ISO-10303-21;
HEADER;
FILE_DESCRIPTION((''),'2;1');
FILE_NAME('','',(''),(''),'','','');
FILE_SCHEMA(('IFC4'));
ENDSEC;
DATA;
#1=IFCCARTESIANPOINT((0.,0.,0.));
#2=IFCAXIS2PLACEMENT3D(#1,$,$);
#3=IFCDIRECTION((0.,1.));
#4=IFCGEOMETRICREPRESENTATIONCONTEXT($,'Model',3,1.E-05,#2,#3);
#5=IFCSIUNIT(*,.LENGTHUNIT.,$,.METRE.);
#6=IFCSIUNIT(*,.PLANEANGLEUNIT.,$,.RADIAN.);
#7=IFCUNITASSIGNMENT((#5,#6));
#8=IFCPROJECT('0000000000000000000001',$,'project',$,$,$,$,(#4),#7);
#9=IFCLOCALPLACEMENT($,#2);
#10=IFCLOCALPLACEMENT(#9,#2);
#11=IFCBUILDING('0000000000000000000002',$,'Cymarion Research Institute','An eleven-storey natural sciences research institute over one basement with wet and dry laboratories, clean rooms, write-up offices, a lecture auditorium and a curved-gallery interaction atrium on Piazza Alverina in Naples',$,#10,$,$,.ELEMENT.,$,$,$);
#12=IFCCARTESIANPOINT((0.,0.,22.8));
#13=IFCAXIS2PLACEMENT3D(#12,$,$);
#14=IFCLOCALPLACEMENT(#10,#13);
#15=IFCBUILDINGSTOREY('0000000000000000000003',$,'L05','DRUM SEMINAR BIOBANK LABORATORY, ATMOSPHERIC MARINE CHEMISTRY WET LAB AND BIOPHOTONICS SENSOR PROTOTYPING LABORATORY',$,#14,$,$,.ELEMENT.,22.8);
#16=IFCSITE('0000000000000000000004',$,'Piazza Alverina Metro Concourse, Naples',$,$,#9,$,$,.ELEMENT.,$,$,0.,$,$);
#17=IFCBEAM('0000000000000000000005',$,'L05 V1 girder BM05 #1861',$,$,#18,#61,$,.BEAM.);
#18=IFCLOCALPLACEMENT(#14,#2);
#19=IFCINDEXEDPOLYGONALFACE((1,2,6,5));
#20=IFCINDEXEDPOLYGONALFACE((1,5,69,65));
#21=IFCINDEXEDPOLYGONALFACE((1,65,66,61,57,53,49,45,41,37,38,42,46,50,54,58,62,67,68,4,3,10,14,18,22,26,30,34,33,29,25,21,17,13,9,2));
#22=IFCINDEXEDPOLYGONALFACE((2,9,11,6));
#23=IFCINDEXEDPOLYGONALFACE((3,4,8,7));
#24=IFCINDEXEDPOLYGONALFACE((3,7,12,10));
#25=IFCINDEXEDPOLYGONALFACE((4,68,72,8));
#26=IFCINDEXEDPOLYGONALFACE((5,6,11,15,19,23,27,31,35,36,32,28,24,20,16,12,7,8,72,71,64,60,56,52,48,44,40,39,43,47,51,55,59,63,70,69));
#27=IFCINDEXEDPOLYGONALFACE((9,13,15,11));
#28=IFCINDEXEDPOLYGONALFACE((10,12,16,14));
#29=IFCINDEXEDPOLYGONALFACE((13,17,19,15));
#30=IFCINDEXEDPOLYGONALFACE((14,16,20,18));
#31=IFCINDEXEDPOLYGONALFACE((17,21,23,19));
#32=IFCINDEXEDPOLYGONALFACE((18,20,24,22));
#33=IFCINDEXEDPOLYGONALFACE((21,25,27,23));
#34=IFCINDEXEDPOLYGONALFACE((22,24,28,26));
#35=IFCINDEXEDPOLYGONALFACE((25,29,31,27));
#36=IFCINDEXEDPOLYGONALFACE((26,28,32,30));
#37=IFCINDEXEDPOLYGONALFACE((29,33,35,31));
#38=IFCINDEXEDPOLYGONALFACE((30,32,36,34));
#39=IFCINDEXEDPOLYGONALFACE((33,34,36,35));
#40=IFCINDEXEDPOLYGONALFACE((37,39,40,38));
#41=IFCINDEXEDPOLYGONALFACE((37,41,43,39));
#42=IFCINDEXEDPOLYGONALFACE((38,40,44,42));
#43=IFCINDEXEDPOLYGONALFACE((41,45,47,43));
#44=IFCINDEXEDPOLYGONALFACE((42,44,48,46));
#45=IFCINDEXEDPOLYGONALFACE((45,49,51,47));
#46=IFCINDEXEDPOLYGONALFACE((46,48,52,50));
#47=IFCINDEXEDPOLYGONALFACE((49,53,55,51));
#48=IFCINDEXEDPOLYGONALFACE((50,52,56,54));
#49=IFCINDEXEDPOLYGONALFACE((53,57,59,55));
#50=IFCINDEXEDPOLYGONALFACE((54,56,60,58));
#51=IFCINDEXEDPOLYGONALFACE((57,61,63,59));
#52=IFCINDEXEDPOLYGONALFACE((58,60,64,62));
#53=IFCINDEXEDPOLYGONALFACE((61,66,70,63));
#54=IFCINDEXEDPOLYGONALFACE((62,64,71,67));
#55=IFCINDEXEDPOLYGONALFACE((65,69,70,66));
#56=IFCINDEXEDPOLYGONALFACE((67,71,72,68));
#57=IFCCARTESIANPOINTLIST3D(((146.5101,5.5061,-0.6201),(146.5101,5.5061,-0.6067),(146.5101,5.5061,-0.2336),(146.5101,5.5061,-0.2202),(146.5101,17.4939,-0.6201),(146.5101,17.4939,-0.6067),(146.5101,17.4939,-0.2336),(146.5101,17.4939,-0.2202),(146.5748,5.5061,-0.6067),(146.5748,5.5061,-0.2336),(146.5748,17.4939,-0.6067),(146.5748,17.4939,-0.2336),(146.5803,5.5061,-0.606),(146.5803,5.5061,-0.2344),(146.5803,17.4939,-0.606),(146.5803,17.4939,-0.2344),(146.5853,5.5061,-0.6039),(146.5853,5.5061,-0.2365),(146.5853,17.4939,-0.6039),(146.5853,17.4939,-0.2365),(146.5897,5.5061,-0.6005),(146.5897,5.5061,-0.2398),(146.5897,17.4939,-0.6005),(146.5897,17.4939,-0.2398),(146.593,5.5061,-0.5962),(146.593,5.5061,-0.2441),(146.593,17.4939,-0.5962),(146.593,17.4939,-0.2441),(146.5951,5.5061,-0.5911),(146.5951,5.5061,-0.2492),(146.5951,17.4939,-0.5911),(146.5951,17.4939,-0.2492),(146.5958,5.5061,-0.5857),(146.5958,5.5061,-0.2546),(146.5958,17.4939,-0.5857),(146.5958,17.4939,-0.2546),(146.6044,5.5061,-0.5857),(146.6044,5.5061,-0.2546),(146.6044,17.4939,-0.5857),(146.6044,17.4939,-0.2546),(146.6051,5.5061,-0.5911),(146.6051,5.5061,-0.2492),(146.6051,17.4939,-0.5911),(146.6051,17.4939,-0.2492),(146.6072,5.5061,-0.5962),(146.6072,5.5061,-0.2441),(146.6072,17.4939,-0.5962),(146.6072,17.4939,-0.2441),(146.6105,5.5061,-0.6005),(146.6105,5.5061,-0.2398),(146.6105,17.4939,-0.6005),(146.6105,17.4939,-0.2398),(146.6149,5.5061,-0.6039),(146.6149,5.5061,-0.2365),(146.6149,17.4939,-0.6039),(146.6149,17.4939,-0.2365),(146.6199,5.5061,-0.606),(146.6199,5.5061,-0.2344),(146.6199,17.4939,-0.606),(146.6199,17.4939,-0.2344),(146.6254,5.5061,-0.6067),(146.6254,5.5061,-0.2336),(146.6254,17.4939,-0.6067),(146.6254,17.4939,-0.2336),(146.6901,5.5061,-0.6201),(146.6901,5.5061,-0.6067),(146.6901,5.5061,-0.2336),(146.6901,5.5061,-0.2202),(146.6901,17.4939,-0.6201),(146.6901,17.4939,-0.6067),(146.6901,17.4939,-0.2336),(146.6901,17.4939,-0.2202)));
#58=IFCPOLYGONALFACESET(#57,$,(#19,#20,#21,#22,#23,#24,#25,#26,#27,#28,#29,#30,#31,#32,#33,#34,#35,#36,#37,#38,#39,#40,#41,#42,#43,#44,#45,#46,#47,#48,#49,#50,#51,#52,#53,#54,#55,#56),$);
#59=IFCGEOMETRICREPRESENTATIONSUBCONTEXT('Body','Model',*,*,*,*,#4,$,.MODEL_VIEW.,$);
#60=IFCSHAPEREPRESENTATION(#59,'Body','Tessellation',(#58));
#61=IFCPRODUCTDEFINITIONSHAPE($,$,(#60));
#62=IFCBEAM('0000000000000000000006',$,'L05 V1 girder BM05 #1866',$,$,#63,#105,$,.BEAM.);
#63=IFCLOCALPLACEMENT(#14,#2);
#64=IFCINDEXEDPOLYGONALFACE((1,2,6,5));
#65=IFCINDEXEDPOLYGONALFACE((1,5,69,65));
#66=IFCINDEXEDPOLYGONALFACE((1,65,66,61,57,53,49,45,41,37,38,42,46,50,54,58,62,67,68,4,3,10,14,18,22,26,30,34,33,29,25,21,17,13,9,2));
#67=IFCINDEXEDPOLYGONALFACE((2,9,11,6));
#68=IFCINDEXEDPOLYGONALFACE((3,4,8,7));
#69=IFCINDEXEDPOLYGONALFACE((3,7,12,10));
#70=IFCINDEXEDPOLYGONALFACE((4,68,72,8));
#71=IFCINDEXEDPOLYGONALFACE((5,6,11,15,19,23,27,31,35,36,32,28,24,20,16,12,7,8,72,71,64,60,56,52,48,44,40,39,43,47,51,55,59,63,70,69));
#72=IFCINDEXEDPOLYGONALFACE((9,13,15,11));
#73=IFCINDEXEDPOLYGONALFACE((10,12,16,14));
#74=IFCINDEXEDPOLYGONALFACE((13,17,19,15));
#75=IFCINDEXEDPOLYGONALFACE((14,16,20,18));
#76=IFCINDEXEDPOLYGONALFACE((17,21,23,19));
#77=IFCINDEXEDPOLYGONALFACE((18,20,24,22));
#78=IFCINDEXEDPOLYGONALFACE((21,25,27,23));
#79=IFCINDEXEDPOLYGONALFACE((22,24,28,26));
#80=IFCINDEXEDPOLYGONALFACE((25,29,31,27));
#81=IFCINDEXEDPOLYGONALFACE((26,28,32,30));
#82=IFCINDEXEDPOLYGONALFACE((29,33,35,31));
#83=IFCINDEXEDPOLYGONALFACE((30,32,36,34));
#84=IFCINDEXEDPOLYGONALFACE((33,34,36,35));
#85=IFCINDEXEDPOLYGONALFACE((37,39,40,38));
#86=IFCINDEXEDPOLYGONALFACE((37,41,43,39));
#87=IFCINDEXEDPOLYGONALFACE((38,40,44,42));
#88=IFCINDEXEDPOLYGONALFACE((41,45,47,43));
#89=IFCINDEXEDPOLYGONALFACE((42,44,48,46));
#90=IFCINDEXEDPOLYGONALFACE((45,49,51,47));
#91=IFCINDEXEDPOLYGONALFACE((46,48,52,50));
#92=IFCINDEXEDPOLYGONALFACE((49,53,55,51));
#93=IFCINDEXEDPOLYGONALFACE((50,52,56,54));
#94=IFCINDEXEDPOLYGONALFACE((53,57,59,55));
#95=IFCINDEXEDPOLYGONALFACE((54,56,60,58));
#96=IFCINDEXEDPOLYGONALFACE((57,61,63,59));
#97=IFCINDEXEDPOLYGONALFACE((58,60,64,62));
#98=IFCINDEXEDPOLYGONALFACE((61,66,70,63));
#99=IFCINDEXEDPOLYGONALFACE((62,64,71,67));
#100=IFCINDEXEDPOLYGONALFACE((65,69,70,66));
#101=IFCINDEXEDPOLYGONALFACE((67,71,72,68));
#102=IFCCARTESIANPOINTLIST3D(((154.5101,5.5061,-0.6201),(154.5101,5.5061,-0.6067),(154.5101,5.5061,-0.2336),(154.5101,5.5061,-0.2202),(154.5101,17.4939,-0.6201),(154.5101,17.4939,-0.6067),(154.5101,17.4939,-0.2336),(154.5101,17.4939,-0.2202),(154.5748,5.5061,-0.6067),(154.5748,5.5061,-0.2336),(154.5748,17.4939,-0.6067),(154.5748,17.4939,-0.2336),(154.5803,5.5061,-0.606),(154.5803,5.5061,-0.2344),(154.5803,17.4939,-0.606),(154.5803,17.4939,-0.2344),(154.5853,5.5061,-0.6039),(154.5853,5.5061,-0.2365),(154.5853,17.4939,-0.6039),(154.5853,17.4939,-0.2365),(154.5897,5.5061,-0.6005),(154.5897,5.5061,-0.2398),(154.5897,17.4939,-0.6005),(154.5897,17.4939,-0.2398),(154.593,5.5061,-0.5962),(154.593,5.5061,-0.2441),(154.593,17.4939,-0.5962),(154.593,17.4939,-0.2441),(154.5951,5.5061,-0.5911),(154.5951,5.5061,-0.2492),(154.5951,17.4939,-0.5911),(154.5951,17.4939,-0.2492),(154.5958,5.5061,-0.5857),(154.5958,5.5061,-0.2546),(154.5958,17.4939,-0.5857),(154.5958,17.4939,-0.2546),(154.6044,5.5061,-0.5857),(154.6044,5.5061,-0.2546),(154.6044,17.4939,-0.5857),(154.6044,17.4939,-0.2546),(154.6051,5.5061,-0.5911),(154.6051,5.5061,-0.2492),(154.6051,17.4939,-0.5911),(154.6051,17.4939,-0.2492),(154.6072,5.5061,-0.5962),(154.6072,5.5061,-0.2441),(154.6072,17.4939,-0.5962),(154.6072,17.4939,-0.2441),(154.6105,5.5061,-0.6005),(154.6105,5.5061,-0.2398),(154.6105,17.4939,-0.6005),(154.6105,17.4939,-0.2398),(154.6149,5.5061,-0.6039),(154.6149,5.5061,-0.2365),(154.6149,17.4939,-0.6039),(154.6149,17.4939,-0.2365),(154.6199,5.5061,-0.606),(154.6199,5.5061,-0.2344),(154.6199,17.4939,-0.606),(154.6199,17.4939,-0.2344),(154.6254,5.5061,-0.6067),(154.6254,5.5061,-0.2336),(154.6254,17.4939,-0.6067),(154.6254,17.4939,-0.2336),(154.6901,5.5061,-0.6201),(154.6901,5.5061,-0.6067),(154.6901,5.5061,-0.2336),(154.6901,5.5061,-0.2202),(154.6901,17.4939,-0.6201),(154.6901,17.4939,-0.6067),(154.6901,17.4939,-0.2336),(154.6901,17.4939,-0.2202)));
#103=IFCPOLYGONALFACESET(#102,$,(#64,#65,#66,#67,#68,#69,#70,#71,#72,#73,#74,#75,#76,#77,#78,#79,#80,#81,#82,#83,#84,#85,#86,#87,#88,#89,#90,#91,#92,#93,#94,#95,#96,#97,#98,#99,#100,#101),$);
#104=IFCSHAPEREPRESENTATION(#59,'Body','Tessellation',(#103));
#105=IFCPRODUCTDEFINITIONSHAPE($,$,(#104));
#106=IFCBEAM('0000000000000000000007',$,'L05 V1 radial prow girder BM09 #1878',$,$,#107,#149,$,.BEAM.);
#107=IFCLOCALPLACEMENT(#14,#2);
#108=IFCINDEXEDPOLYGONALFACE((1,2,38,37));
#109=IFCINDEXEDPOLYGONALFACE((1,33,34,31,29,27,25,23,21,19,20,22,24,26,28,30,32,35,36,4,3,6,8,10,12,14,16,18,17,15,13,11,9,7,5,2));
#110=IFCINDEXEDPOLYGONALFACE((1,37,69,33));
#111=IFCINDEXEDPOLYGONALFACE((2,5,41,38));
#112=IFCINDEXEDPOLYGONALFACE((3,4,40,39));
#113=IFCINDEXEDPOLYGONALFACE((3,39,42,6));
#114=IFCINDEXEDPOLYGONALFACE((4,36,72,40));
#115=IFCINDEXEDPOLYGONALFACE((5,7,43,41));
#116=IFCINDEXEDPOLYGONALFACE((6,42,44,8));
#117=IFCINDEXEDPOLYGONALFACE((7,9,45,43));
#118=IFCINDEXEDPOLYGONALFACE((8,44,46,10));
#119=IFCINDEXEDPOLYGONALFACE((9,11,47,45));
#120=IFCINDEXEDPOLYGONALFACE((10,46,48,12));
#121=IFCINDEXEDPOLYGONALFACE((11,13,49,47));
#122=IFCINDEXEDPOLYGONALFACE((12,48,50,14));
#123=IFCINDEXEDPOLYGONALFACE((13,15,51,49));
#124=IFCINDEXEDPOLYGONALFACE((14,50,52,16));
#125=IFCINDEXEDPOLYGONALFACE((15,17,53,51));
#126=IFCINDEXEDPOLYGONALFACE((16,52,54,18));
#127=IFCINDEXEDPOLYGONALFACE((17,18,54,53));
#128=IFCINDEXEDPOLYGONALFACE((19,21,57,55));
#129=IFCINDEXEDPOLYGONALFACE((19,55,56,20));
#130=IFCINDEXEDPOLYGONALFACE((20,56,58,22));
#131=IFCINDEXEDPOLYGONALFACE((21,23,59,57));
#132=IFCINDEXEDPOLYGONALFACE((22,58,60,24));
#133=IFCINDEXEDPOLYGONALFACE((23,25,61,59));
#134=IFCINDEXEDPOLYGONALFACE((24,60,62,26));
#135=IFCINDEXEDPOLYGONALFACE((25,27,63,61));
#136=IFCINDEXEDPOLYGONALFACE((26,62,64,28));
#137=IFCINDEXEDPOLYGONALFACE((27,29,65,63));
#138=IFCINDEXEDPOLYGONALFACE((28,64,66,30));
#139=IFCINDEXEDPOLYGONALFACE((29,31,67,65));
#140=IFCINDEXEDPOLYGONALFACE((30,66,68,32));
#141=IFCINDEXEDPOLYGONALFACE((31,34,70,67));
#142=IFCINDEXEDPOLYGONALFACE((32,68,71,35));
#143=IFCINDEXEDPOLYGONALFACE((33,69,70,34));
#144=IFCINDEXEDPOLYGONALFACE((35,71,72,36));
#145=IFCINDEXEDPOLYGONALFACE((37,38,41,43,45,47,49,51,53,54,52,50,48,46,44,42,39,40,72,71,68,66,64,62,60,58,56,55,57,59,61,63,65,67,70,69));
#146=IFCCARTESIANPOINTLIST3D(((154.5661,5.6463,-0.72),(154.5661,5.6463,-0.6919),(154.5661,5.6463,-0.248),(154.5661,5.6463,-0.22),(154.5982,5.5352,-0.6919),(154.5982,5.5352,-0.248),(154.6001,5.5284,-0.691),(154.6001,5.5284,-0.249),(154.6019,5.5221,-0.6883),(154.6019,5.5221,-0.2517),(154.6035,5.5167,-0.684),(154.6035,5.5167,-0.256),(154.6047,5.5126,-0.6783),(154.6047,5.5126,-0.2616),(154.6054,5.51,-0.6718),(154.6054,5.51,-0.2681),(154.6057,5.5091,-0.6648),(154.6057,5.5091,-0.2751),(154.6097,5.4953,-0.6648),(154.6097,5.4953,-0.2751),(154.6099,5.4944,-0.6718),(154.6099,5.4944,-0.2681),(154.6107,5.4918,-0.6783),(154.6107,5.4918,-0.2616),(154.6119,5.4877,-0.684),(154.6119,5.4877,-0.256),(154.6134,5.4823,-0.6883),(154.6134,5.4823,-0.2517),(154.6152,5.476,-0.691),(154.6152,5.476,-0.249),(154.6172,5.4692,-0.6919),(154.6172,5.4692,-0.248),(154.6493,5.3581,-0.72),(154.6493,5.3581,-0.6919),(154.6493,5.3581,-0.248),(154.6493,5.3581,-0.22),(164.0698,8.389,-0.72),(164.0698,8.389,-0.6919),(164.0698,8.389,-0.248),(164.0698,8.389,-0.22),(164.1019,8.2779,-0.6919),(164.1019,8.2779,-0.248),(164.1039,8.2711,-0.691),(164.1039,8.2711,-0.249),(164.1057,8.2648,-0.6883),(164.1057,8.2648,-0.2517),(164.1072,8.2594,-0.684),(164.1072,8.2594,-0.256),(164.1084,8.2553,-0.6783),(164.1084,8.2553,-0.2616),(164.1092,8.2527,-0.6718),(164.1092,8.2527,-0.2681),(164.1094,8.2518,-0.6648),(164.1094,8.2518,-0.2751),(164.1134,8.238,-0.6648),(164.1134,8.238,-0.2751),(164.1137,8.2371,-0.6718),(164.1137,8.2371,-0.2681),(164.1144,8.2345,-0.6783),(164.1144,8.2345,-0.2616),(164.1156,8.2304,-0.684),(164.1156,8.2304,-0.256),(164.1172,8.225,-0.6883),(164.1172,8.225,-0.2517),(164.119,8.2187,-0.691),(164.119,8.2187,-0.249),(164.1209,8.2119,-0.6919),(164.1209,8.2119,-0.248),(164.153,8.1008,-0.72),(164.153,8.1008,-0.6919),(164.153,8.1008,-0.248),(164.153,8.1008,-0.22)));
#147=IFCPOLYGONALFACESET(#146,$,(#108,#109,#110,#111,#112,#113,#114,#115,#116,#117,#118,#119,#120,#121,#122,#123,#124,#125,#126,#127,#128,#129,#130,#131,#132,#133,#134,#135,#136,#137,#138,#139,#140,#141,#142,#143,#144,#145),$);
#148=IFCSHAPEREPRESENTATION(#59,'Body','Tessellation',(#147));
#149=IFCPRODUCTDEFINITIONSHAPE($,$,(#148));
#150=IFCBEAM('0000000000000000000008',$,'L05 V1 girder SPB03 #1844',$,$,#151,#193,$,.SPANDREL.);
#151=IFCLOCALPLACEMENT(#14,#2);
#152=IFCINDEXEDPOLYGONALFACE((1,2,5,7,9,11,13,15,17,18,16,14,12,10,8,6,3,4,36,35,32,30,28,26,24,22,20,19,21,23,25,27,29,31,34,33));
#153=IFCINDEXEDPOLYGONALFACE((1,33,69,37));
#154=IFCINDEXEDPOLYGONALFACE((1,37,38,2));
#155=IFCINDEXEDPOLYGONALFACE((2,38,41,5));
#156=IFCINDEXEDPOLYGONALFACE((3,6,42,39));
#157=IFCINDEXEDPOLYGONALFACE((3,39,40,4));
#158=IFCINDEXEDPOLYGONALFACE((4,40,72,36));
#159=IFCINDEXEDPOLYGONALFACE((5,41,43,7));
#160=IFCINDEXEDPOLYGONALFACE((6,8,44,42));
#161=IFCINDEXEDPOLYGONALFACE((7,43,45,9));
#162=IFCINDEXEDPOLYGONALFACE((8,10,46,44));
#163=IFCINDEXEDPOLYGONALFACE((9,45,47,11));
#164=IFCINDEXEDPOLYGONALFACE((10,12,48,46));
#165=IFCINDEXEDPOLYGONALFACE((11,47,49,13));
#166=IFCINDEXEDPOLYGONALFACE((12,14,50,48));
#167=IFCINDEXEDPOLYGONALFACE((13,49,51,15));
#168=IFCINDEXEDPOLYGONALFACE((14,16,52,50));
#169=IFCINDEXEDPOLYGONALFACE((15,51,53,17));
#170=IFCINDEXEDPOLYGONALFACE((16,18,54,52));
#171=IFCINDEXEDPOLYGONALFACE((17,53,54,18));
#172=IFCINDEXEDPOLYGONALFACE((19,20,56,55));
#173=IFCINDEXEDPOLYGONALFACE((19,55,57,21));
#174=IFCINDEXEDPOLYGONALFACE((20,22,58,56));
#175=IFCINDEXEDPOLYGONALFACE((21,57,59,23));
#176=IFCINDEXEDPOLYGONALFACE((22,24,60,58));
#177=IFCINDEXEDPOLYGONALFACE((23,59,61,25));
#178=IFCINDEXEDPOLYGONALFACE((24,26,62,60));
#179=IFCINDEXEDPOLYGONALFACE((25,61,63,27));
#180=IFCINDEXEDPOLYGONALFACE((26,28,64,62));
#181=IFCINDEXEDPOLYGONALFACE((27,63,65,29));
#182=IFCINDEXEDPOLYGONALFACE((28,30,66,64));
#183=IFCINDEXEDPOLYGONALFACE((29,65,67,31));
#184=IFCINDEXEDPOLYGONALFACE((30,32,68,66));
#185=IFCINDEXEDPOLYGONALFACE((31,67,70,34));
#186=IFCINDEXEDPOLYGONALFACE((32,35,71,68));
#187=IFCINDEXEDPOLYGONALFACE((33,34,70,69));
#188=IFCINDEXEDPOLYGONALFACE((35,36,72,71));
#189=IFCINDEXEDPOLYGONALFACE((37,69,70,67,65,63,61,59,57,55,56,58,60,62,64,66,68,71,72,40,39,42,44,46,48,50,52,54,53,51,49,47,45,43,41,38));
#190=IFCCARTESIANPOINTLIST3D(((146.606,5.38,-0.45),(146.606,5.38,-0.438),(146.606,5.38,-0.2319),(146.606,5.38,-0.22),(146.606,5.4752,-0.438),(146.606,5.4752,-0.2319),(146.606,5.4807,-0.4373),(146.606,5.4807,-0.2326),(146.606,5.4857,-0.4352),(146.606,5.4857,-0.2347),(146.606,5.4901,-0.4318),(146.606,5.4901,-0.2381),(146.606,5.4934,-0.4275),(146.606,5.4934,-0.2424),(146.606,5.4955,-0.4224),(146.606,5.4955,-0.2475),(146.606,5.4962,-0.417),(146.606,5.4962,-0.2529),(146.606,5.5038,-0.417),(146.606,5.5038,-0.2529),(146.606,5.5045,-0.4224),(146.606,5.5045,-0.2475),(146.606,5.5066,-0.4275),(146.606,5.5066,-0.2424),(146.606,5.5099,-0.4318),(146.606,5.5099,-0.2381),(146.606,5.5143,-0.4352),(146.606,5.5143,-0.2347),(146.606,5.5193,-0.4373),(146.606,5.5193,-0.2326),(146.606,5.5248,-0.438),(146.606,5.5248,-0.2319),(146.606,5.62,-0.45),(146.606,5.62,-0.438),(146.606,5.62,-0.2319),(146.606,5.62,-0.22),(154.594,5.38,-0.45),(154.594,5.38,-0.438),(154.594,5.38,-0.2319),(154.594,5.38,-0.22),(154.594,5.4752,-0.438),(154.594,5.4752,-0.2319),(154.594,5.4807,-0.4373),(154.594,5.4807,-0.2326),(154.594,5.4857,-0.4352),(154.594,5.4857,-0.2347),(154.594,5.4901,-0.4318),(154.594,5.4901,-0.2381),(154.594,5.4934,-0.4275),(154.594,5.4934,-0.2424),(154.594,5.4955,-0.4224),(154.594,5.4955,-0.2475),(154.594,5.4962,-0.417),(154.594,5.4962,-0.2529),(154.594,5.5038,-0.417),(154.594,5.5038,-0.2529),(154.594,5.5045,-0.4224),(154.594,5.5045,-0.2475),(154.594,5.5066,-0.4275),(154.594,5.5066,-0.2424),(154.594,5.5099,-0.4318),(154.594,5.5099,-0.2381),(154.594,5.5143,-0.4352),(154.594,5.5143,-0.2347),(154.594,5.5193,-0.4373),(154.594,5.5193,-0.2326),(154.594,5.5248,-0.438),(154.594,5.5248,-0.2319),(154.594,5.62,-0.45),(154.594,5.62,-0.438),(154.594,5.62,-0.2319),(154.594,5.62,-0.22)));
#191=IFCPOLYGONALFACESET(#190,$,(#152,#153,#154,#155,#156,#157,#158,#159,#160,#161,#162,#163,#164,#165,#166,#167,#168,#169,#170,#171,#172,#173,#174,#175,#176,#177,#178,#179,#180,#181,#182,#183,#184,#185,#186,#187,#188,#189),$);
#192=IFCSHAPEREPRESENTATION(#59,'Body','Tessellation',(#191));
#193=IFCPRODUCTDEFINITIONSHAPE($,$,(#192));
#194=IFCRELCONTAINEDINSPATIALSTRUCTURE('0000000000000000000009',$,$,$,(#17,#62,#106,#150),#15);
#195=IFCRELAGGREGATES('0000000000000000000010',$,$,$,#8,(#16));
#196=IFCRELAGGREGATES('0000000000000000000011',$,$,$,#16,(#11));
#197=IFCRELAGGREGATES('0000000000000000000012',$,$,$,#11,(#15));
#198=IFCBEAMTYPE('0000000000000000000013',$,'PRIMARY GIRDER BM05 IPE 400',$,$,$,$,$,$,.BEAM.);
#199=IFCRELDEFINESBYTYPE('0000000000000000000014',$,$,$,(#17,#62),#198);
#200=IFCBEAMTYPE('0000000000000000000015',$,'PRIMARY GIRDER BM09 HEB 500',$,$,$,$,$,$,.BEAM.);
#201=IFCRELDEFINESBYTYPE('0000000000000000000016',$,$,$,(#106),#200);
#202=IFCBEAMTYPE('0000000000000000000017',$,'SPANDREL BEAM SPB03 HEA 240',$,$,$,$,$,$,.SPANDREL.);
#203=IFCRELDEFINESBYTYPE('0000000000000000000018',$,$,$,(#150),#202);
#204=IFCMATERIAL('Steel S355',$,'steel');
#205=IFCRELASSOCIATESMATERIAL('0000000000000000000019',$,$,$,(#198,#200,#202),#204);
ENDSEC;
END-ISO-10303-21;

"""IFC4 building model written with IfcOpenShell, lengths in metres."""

from ifc_helpers import new_model, si_unit, direction, frame, origin, origin_2d, place, context, subcontext, project, spatial, i_section, extrude, material, material_profile, profile_set, type_object, element, save


model = new_model("IFC4")

# Units and contexts
model_context = context("Model", 3, precision=1e-05, world=origin(), true_north=direction((0.0, 1.0)))
body_context = subcontext(model_context, "Body", "Model", "MODEL_VIEW")
ifc_project = project(units=[si_unit("LENGTHUNIT", "METRE"), si_unit("PLANEANGLEUNIT", "RADIAN")], contexts=[model_context])

# Site, building, storey
site_placement = place(None, origin())
site = spatial("IfcSite", under=ifc_project, at=site_placement, Name="Piazza Alverina Metro Concourse, Naples", CompositionType="ELEMENT", RefElevation=0.0)
building_placement = place(site_placement, origin())
building = spatial("IfcBuilding", under=site, at=building_placement, Name="Cymarion Research Institute", Description="An eleven-storey natural sciences research institute over one basement with wet and dry laboratories, clean rooms, write-up offices, a lecture auditorium and a curved-gallery interaction atrium on Piazza Alverina in Naples", CompositionType="ELEMENT")
storey_placement = place(building_placement, frame((0.0, 0.0, 22.8)))
storey = spatial("IfcBuildingStorey", under=building, at=storey_placement, Name="L05", Description="DRUM SEMINAR BIOBANK LABORATORY, ATMOSPHERIC MARINE CHEMISTRY WET LAB AND BIOPHOTONICS SENSOR PROTOTYPING LABORATORY", CompositionType="ELEMENT", Elevation=22.8)

# Shared definitions
ifc_material_1 = material(Name="Steel S355", Category="steel")

# Beams
ifc_material_profile_1 = material_profile(ifc_material_1, i_section(OverallWidth=0.1799, OverallDepth=0.3999, WebThickness=0.0085, FlangeThickness=0.0134, FilletRadius=0.021, at=origin_2d()), Name="IPE 400")
ifc_profile_set_1 = profile_set([ifc_material_profile_1], Name="Steel S355")
beam_type_1 = type_object("IfcBeamType", Name="PRIMARY GIRDER BM05 IPE 400", PredefinedType="BEAM", material=ifc_profile_set_1)
for number, where, z_axis, x_axis, name in (
    (1, (146.6001, 5.5061, -0.4202), (0.0, 1.0, 0.0), (-1.0, 0.0, 0.0), "L05 V1 girder BM05 #1861"),
    (2, (154.6001, 5.5061, -0.4202), (0.0, 1.0, 0.0), (-1.0, 0.0, 0.0), "L05 V1 girder BM05 #1866"),
):
    element("IfcBeam", number, at=place(storey_placement, frame(where, z_axis=z_axis, x_axis=x_axis)), inside=storey, type_object=beam_type_1, Name=name, PredefinedType="BEAM", context=body_context, shape_type="SweptSolid", body=[
        extrude(i_section(OverallWidth=0.1799, OverallDepth=0.3999, WebThickness=0.0085, FlangeThickness=0.0134, FilletRadius=0.021, at=origin_2d()), origin(), (0.0, 0.0, 1.0), 11.9878),
    ])
ifc_material_profile_2 = material_profile(ifc_material_1, i_section(OverallWidth=0.3, OverallDepth=0.5, WebThickness=0.0144, FlangeThickness=0.0281, FilletRadius=0.0271, at=origin_2d()), Name="HEB 500")
ifc_profile_set_2 = profile_set([ifc_material_profile_2], Name="Steel S355")
beam_type_2 = type_object("IfcBeamType", Name="PRIMARY GIRDER BM09 HEB 500", PredefinedType="BEAM", material=ifc_profile_set_2)
beam_1_placement = place(storey_placement, frame((154.6077, 5.5022, -0.47), z_axis=(0.96079, 0.277276, 0.0), x_axis=(-0.277276, 0.96079, 0.0)))
element("IfcBeam", 3, at=beam_1_placement, inside=storey, type_object=beam_type_2, Name="L05 V1 radial prow girder BM09 #1878", PredefinedType="BEAM", context=body_context, shape_type="SweptSolid", body=[
    extrude(i_section(OverallWidth=0.3, OverallDepth=0.5, WebThickness=0.0144, FlangeThickness=0.0281, FilletRadius=0.0271, at=origin_2d()), origin(), (0.0, 0.0, 1.0), 9.8916),
])
ifc_material_profile_3 = material_profile(ifc_material_1, i_section(OverallWidth=0.24, OverallDepth=0.23, WebThickness=0.0076, FlangeThickness=0.012, FilletRadius=0.021, at=origin_2d()), Name="HEA 240")
ifc_profile_set_3 = profile_set([ifc_material_profile_3], Name="Steel S355")
beam_type_3 = type_object("IfcBeamType", Name="SPANDREL BEAM SPB03 HEA 240", PredefinedType="SPANDREL", material=ifc_profile_set_3)
beam_2_placement = place(storey_placement, frame((146.606, 5.5, -0.335), z_axis=(1.0, 0.0, 0.0), x_axis=(0.0, 1.0, 0.0)))
element("IfcBeam", 4, at=beam_2_placement, inside=storey, type_object=beam_type_3, Name="L05 V1 girder SPB03 #1844", PredefinedType="SPANDREL", context=body_context, shape_type="SweptSolid", body=[
    extrude(i_section(OverallWidth=0.24, OverallDepth=0.23, WebThickness=0.0076, FlangeThickness=0.012, FilletRadius=0.021, at=origin_2d()), origin(), (0.0, 0.0, 1.0), 7.988),
])

save(model, "model.ifc")
